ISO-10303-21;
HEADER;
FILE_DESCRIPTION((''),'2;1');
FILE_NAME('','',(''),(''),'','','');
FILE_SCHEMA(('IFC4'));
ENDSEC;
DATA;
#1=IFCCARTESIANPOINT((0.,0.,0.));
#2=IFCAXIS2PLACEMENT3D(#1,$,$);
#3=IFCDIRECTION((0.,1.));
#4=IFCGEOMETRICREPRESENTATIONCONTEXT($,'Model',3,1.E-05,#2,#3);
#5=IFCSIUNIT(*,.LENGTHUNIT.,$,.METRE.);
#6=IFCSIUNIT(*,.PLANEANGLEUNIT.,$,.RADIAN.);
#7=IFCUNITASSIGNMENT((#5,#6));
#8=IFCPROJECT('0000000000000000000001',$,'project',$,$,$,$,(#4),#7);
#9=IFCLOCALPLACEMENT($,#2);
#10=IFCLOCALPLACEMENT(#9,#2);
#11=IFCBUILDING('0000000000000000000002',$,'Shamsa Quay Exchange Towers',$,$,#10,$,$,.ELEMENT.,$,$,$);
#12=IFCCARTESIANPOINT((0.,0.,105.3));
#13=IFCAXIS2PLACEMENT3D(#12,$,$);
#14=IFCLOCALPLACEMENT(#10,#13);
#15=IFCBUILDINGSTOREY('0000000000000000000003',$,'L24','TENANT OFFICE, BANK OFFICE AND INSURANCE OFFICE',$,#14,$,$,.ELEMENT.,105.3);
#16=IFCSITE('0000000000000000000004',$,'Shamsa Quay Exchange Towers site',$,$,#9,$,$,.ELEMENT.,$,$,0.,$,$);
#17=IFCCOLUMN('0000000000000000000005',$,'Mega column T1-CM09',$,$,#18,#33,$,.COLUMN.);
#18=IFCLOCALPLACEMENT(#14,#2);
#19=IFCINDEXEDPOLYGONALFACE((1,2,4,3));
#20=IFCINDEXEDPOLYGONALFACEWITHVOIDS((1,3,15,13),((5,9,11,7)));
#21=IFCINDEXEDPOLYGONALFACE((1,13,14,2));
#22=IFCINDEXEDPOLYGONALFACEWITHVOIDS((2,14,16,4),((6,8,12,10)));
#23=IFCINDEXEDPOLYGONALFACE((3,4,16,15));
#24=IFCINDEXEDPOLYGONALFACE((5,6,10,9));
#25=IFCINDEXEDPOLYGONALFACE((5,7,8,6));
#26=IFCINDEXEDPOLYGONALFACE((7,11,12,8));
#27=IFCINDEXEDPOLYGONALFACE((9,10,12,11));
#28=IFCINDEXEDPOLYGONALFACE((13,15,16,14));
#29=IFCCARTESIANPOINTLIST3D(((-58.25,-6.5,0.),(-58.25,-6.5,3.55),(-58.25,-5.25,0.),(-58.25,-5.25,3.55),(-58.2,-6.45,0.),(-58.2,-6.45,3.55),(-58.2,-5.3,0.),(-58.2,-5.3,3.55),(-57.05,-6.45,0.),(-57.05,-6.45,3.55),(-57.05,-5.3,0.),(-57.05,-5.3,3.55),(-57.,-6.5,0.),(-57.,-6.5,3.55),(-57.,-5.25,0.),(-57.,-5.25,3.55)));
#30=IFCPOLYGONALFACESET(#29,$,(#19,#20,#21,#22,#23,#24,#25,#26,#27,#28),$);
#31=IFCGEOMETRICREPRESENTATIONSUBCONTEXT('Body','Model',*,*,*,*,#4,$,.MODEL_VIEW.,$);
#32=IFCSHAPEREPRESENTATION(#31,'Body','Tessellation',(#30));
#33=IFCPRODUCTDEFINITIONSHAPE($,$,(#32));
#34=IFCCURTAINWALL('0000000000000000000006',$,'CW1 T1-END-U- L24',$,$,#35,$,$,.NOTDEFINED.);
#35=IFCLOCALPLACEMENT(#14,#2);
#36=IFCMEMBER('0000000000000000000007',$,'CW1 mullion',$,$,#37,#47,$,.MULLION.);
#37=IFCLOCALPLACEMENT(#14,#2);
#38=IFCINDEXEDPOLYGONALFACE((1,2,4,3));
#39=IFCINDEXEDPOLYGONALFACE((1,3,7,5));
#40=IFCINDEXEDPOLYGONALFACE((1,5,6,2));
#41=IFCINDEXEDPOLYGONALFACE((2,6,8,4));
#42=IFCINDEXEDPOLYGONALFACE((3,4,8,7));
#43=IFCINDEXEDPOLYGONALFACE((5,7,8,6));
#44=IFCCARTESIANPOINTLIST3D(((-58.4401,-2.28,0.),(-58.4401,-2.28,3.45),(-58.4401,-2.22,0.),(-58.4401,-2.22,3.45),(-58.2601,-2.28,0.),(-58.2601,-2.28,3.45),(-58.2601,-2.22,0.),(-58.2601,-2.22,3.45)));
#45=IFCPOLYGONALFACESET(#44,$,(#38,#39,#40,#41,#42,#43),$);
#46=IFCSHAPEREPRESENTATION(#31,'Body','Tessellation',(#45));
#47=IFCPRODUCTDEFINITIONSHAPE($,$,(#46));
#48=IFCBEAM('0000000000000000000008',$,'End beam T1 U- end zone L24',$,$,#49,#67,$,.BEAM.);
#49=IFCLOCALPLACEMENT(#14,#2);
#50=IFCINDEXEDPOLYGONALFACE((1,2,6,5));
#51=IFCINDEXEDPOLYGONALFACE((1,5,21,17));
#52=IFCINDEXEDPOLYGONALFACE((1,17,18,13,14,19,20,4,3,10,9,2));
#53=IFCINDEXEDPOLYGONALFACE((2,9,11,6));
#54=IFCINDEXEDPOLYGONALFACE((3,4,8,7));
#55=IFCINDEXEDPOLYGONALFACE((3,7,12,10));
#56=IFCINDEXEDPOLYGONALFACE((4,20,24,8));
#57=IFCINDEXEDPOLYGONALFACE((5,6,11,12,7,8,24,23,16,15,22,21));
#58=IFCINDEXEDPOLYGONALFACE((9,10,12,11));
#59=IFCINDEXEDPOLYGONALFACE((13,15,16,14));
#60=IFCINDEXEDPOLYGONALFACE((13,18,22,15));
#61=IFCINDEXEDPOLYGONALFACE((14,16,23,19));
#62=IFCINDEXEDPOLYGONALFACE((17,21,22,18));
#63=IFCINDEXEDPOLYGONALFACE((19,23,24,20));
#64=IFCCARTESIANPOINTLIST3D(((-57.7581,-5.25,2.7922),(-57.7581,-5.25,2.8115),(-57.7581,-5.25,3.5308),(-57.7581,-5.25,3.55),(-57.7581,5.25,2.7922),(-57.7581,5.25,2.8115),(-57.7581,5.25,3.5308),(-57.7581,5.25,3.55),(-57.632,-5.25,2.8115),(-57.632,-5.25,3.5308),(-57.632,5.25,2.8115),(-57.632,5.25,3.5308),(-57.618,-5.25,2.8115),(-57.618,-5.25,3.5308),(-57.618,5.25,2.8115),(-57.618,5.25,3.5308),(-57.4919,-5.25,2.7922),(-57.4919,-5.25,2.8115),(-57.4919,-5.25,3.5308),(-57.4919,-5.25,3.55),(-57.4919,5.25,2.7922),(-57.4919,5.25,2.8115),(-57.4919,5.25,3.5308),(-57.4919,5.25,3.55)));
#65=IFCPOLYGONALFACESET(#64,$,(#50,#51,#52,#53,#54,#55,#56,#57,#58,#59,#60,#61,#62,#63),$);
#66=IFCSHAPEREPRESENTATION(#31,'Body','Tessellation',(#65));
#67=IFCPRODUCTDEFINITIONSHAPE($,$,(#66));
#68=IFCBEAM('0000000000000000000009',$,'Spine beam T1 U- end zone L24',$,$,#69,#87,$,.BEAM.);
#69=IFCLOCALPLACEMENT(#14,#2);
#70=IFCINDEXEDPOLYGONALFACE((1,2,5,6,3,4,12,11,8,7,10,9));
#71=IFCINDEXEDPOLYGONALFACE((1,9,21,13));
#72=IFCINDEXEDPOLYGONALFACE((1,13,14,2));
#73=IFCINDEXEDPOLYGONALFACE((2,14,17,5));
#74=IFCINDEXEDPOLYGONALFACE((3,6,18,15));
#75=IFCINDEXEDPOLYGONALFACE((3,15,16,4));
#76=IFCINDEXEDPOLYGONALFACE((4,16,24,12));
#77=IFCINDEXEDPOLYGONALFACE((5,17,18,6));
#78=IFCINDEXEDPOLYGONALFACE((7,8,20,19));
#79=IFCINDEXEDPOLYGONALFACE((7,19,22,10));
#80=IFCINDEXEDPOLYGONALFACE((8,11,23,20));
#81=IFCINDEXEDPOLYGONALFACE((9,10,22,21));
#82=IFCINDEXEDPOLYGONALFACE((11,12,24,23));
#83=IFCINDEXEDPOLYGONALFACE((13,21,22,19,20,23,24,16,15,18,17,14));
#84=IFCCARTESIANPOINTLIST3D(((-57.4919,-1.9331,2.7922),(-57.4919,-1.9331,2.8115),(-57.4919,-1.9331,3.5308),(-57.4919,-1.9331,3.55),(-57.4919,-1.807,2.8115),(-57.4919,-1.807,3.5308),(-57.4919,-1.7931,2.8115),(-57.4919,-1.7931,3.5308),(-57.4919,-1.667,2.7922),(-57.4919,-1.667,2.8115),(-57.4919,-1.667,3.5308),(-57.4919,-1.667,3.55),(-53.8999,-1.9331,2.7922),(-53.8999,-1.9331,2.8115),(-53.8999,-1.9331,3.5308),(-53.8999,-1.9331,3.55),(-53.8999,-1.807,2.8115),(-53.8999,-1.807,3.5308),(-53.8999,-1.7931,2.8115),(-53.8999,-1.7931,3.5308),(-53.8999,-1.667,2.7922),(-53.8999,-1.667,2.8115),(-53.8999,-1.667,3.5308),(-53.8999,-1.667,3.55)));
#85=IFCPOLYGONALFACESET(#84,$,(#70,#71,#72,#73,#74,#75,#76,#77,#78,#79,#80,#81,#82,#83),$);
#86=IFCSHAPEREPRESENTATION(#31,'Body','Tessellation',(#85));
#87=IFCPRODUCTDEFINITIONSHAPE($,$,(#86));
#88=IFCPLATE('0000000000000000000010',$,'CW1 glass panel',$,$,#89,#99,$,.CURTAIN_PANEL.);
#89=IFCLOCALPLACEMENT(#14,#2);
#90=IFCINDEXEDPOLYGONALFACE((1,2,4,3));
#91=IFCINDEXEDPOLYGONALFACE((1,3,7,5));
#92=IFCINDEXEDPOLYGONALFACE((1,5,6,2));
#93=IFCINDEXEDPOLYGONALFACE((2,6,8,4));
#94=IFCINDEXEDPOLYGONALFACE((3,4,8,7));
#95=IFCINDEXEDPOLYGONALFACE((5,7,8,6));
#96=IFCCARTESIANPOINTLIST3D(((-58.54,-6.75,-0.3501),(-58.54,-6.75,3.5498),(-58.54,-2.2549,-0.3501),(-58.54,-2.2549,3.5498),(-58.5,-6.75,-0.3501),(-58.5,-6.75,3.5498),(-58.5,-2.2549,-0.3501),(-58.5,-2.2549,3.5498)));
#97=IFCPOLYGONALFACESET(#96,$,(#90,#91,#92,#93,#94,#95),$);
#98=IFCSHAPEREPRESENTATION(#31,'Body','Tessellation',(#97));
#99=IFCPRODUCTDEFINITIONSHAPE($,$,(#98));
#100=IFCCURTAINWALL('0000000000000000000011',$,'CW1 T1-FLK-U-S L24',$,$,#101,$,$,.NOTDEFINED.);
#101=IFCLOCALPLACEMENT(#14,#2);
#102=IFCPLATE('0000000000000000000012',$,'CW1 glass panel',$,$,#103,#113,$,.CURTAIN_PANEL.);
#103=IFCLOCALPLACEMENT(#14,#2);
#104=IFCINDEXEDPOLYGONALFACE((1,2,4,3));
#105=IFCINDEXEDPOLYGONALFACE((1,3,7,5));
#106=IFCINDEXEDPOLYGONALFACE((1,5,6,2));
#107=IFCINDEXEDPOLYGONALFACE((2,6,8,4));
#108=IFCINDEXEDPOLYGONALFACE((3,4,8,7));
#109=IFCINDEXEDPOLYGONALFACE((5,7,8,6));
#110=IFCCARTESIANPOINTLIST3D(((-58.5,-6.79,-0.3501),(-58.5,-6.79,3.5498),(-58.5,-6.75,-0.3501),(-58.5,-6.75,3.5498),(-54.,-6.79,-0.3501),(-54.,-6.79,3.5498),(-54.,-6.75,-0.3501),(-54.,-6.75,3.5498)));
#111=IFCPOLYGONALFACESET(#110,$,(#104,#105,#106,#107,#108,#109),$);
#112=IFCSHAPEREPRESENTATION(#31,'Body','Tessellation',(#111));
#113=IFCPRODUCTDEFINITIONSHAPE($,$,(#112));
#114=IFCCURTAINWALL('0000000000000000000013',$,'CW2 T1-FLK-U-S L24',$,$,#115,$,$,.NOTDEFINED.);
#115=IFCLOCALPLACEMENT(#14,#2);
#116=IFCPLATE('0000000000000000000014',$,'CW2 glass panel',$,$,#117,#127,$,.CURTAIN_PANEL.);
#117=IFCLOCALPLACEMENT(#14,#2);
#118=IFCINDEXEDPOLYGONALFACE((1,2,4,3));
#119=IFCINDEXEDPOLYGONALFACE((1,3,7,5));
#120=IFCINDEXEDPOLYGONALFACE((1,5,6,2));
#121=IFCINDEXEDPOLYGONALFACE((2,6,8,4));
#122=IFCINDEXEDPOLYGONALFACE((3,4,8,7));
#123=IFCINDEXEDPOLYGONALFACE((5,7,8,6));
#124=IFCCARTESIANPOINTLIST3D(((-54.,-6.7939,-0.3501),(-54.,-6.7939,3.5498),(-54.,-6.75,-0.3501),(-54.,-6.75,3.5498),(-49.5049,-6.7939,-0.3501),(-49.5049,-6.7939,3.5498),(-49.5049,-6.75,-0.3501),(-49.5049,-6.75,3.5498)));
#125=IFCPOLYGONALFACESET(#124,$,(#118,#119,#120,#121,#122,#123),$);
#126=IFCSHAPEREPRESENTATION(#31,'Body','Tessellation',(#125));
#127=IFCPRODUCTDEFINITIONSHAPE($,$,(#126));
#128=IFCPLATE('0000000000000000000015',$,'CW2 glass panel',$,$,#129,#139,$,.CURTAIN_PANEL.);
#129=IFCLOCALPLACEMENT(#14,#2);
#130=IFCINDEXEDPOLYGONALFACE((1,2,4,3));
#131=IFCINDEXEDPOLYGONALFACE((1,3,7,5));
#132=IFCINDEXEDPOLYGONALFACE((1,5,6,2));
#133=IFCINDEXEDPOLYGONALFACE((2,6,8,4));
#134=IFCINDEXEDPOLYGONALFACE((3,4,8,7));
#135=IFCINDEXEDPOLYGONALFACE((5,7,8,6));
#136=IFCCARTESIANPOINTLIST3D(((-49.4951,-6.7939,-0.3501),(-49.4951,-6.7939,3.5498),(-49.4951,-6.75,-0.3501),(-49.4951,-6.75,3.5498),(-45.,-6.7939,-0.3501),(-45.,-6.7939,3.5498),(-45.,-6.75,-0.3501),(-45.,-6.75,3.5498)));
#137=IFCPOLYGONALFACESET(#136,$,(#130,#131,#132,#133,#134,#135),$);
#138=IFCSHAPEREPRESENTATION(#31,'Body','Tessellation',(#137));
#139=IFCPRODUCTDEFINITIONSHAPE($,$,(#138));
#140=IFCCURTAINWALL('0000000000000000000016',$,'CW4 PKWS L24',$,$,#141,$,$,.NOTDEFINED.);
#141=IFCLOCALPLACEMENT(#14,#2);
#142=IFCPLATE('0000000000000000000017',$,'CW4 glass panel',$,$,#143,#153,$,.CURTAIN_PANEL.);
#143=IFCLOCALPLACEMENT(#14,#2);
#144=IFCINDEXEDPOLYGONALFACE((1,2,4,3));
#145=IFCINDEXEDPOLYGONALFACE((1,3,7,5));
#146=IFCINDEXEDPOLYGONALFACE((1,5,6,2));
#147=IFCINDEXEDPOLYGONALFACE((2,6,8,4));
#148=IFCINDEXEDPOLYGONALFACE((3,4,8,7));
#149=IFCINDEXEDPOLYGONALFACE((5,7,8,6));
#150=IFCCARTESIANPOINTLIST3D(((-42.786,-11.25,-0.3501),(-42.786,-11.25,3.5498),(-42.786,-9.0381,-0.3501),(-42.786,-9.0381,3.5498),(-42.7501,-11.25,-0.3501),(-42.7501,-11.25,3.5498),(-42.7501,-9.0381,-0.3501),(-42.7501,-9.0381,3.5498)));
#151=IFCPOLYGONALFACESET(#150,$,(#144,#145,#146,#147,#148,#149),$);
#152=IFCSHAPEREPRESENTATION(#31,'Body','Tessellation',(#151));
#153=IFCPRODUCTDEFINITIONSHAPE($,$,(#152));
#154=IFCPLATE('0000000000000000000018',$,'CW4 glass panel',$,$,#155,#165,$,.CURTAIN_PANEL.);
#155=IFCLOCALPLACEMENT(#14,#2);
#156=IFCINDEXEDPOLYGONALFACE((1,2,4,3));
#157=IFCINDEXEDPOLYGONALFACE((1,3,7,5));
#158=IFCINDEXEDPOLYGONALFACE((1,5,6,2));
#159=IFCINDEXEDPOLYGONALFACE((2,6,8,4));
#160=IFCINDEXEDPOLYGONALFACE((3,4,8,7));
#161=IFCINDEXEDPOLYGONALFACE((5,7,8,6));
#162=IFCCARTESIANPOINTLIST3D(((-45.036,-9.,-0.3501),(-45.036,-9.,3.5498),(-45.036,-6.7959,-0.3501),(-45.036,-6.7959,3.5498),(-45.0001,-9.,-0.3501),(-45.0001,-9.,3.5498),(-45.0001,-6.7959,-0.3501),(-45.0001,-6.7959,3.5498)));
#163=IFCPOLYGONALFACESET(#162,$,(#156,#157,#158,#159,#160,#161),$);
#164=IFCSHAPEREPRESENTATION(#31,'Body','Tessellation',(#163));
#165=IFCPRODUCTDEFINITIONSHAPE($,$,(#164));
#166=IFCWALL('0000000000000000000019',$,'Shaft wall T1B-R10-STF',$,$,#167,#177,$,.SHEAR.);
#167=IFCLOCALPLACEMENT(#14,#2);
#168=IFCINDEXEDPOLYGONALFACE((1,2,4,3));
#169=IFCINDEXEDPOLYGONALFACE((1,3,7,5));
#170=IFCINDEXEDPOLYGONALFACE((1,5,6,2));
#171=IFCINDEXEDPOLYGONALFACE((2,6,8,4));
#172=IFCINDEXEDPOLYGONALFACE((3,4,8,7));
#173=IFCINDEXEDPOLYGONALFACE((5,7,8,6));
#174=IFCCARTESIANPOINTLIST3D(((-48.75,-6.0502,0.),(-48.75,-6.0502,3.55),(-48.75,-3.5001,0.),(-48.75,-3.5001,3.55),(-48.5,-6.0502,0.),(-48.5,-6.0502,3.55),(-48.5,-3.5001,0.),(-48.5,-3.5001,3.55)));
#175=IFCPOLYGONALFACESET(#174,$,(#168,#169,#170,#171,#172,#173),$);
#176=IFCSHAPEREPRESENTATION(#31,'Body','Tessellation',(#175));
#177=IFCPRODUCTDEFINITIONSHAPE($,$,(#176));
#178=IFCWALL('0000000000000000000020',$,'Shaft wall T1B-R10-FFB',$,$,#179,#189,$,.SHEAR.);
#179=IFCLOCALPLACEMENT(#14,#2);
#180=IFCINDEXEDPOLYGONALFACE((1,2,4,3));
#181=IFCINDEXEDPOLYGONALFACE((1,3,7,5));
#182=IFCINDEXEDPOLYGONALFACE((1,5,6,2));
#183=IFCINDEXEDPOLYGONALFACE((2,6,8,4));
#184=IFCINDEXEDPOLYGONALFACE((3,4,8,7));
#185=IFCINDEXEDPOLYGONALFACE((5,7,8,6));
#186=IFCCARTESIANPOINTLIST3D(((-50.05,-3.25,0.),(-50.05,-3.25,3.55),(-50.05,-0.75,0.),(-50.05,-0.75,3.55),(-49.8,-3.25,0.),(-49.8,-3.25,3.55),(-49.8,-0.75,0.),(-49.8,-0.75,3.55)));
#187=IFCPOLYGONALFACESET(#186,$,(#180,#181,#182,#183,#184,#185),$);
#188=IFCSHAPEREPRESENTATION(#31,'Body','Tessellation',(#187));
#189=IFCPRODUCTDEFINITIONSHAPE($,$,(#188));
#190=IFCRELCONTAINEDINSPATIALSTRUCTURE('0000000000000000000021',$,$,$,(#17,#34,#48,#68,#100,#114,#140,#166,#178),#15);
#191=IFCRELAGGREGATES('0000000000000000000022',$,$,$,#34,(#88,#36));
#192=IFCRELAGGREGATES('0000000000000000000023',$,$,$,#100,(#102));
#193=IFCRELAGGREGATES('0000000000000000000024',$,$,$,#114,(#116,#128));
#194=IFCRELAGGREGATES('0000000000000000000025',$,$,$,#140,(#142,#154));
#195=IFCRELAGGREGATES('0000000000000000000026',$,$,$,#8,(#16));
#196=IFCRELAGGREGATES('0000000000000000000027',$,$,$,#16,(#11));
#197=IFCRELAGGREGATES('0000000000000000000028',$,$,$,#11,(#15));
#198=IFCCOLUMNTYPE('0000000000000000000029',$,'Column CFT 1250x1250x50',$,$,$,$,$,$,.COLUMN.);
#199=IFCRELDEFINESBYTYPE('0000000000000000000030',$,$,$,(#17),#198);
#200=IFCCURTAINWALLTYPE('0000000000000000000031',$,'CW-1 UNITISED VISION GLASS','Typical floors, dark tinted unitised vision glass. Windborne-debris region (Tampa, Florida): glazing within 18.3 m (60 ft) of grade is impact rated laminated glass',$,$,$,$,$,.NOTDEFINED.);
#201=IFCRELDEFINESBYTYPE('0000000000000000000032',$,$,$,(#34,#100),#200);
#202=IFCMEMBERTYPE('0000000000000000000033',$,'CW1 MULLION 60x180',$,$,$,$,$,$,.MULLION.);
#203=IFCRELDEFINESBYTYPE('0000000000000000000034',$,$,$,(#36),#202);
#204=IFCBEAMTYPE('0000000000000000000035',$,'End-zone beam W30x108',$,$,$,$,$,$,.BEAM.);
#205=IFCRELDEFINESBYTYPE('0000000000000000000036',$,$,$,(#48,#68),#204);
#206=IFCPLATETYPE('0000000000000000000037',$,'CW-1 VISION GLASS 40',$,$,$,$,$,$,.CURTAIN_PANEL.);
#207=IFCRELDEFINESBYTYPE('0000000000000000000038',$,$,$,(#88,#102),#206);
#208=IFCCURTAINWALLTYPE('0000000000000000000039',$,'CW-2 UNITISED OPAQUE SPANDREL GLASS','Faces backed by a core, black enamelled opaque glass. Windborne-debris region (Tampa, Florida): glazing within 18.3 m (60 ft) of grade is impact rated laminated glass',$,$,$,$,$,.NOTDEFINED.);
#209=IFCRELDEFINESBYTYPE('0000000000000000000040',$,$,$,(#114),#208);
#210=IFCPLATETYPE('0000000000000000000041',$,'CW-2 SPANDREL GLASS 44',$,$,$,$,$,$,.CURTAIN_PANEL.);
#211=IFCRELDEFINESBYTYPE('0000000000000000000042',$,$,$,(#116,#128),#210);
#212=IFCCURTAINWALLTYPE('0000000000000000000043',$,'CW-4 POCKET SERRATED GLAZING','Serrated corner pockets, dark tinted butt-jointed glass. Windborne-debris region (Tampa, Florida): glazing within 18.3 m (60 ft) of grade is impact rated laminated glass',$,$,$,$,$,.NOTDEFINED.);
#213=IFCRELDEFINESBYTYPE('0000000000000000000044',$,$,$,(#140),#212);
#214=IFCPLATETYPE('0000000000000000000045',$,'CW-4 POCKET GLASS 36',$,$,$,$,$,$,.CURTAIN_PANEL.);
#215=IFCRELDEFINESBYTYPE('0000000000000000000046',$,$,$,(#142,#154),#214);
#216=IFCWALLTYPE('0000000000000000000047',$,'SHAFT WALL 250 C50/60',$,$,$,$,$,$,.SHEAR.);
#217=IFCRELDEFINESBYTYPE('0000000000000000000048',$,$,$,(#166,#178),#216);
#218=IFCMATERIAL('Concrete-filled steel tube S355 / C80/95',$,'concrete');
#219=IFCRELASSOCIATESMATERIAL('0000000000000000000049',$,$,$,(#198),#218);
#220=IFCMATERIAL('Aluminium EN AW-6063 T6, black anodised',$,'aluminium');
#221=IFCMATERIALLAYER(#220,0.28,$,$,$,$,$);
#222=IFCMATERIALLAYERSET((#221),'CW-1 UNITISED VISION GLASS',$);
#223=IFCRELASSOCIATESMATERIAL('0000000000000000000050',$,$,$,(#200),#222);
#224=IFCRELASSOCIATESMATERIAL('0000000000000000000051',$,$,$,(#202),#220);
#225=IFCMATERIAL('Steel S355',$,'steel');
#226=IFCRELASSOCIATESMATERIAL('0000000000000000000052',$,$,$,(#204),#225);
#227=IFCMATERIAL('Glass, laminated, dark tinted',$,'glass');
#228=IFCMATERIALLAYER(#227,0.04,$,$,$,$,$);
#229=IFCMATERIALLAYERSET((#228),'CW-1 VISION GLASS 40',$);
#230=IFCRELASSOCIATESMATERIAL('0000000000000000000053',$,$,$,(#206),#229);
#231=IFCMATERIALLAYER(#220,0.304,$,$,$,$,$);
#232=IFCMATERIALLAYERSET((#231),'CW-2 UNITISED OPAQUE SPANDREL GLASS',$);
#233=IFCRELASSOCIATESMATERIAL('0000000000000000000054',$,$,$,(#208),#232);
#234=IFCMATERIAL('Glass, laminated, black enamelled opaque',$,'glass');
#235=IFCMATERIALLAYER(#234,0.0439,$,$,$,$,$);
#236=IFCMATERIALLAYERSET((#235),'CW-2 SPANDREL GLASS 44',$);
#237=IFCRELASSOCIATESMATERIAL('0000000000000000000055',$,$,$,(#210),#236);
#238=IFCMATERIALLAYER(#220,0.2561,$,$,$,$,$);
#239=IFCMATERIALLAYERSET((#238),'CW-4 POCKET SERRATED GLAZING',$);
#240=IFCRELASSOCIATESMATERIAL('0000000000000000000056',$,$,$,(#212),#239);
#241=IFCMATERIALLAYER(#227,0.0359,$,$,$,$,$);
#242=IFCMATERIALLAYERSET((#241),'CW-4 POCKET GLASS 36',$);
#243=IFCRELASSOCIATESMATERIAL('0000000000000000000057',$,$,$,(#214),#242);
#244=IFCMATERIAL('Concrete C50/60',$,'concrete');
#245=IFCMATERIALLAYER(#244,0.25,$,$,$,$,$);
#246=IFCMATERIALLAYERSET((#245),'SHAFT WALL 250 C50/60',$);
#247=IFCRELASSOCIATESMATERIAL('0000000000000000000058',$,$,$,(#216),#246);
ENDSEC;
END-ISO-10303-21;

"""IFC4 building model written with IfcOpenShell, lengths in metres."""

from ifc_helpers import new_model, si_unit, direction, frame, frame_2d, origin, origin_2d, place, context, subcontext, project, spatial, rectangle, hollow_rectangle, i_section, extrude, material, layer, layer_set, material_profile, profile_set, type_object, element, aggregate, save


model = new_model("IFC4")

# Units and contexts
model_context = context("Model", 3, precision=1e-05, world=origin(), true_north=direction((0.0, 1.0)))
body_context = subcontext(model_context, "Body", "Model", "MODEL_VIEW")
ifc_project = project(units=[si_unit("LENGTHUNIT", "METRE"), si_unit("PLANEANGLEUNIT", "RADIAN")], contexts=[model_context])

# Site, building, storey
site_placement = place(None, origin())
site = spatial("IfcSite", under=ifc_project, at=site_placement, Name="Shamsa Quay Exchange Towers site", CompositionType="ELEMENT", RefElevation=0.0)
building_placement = place(site_placement, origin())
building = spatial("IfcBuilding", under=site, at=building_placement, Name="Shamsa Quay Exchange Towers", CompositionType="ELEMENT")
storey_placement = place(building_placement, frame((0.0, 0.0, 105.3)))
storey = spatial("IfcBuildingStorey", under=building, at=storey_placement, Name="L24", Description="TENANT OFFICE, BANK OFFICE AND INSURANCE OFFICE", CompositionType="ELEMENT", Elevation=105.3)

# Column
ifc_material_1 = material(Name="Concrete-filled steel tube S355 / C80/95", Category="concrete")
ifc_material_profile_1 = material_profile(ifc_material_1, hollow_rectangle(XDim=1.25, YDim=1.25, WallThickness=0.05, at=origin_2d()), Name="CFT 1250x1250x50")
ifc_profile_set_1 = profile_set([ifc_material_profile_1], Name="Concrete-filled steel tube S355 / C80/95")
column_type = type_object("IfcColumnType", Name="Column CFT 1250x1250x50", PredefinedType="COLUMN", material=ifc_profile_set_1)
column_placement = place(storey_placement, frame((-57.625, -5.875, 0.0)))
element("IfcColumn", 1, at=column_placement, inside=storey, type_object=column_type, Name="Mega column T1-CM09", PredefinedType="COLUMN", context=body_context, shape_type="SweptSolid", body=[
    extrude(hollow_rectangle(XDim=1.25, YDim=1.25, WallThickness=0.05, at=origin_2d()), origin(), (0.0, 0.0, 1.0), 3.55),
])

# Curtain wall, member
ifc_material_2 = material(Name="Aluminium EN AW-6063 T6, black anodised", Category="aluminium")
ifc_layer_1 = layer(ifc_material_2, 0.28)
ifc_layer_set_1 = layer_set([ifc_layer_1], Name="CW-1 UNITISED VISION GLASS")
curtain_wall_type_1 = type_object("IfcCurtainWallType", Name="CW-1 UNITISED VISION GLASS", Description="Typical floors, dark tinted unitised vision glass. Windborne-debris region (Tampa, Florida): glazing within 18.3 m (60 ft) of grade is impact rated laminated glass", PredefinedType="NOTDEFINED", material=ifc_layer_set_1)
curtain_wall_1_placement = place(storey_placement, origin())
curtain_wall_1 = element("IfcCurtainWall", 2, at=curtain_wall_1_placement, inside=storey, type_object=curtain_wall_type_1, Name="CW1 T1-END-U- L24", PredefinedType="NOTDEFINED")
ifc_material_profile_2 = material_profile(ifc_material_2, rectangle(XDim=0.1799, YDim=0.0601, at=origin_2d()), Name="MU60x180")
ifc_profile_set_2 = profile_set([ifc_material_profile_2], Name="Aluminium EN AW-6063 T6, black anodised")
member_type = type_object("IfcMemberType", Name="CW1 MULLION 60x180", PredefinedType="MULLION", material=ifc_profile_set_2)
member_placement = place(storey_placement, frame((-58.3501, -2.25, 0.0)))
member = element("IfcMember", 3, at=member_placement, type_object=member_type, Name="CW1 mullion", PredefinedType="MULLION", context=body_context, shape_type="SweptSolid", body=[
    extrude(rectangle(XDim=0.1799, YDim=0.0601, at=origin_2d()), origin(), (0.0, 0.0, 1.0), 3.45),
])

# Beams
ifc_material_3 = material(Name="Steel S355", Category="steel")
ifc_material_profile_3 = material_profile(ifc_material_3, i_section(OverallWidth=0.2661, OverallDepth=0.7578, WebThickness=0.0139, FlangeThickness=0.0193, at=origin_2d()), Name="W30x108")
ifc_profile_set_3 = profile_set([ifc_material_profile_3], Name="Steel S355")
beam_type = type_object("IfcBeamType", Name="End-zone beam W30x108", PredefinedType="BEAM", material=ifc_profile_set_3)
beam_1_placement = place(storey_placement, frame((-57.625, -5.25, 3.1711), z_axis=(0.0, 1.0, 0.0), x_axis=(-1.0, 0.0, 0.0)))
element("IfcBeam", 4, at=beam_1_placement, inside=storey, type_object=beam_type, Name="End beam T1 U- end zone L24", PredefinedType="BEAM", context=body_context, shape_type="SweptSolid", body=[
    extrude(i_section(OverallWidth=0.2661, OverallDepth=0.7578, WebThickness=0.0139, FlangeThickness=0.0193, at=origin_2d()), origin(), (0.0, 0.0, 1.0), 10.5),
])
beam_2_placement = place(storey_placement, frame((-53.8999, -1.8, 3.1711), z_axis=(-1.0, 0.0, 0.0), x_axis=(0.0, -1.0, 0.0)))
element("IfcBeam", 5, at=beam_2_placement, inside=storey, type_object=beam_type, Name="Spine beam T1 U- end zone L24", PredefinedType="BEAM", context=body_context, shape_type="SweptSolid", body=[
    extrude(i_section(OverallWidth=0.2661, OverallDepth=0.7578, WebThickness=0.0139, FlangeThickness=0.0193, at=origin_2d()), origin(), (0.0, 0.0, 1.0), 3.592),
])

# Plate
ifc_material_4 = material(Name="Glass, laminated, dark tinted", Category="glass")
ifc_layer_2 = layer(ifc_material_4, 0.04)
ifc_layer_set_2 = layer_set([ifc_layer_2], Name="CW-1 VISION GLASS 40")
plate_type_1 = type_object("IfcPlateType", Name="CW-1 VISION GLASS 40", PredefinedType="CURTAIN_PANEL", material=ifc_layer_set_2)
plate_1_placement = place(storey_placement, frame((-58.52, -4.5024, -0.3501), z_axis=(0.0, 0.0, 1.0), x_axis=(0.0, -1.0, 0.0)))
plate_1 = element("IfcPlate", 6, at=plate_1_placement, type_object=plate_type_1, Name="CW1 glass panel", PredefinedType="CURTAIN_PANEL", context=body_context, shape_type="SweptSolid", body=[
    extrude(rectangle(XDim=4.4951, YDim=0.04, at=origin_2d()), origin(), (0.0, 0.0, 1.0), 3.8999),
])
aggregate(curtain_wall_1, [plate_1, member])

# Curtain wall, plate
curtain_wall_2_placement = place(storey_placement, origin())
curtain_wall_2 = element("IfcCurtainWall", 7, at=curtain_wall_2_placement, inside=storey, type_object=curtain_wall_type_1, Name="CW1 T1-FLK-U-S L24", PredefinedType="NOTDEFINED")
plate_2_placement = place(storey_placement, frame((-56.25, -6.77, -0.3501)))
plate_2 = element("IfcPlate", 8, at=plate_2_placement, type_object=plate_type_1, Name="CW1 glass panel", PredefinedType="CURTAIN_PANEL", context=body_context, shape_type="SweptSolid", body=[
    extrude(rectangle(XDim=4.5, YDim=0.04, at=origin_2d()), origin(), (0.0, 0.0, 1.0), 3.8999),
])
aggregate(curtain_wall_2, [plate_2])

# Curtain walls, plates
ifc_layer_3 = layer(ifc_material_2, 0.304)
ifc_layer_set_3 = layer_set([ifc_layer_3], Name="CW-2 UNITISED OPAQUE SPANDREL GLASS")
curtain_wall_type_2 = type_object("IfcCurtainWallType", Name="CW-2 UNITISED OPAQUE SPANDREL GLASS", Description="Faces backed by a core, black enamelled opaque glass. Windborne-debris region (Tampa, Florida): glazing within 18.3 m (60 ft) of grade is impact rated laminated glass", PredefinedType="NOTDEFINED", material=ifc_layer_set_3)
curtain_wall_3_placement = place(storey_placement, origin())
curtain_wall_3 = element("IfcCurtainWall", 9, at=curtain_wall_3_placement, inside=storey, type_object=curtain_wall_type_2, Name="CW2 T1-FLK-U-S L24", PredefinedType="NOTDEFINED")
ifc_material_5 = material(Name="Glass, laminated, black enamelled opaque", Category="glass")
ifc_layer_4 = layer(ifc_material_5, 0.0439)
ifc_layer_set_4 = layer_set([ifc_layer_4], Name="CW-2 SPANDREL GLASS 44")
plate_type_2 = type_object("IfcPlateType", Name="CW-2 SPANDREL GLASS 44", PredefinedType="CURTAIN_PANEL", material=ifc_layer_set_4)
plate_3_placement = place(storey_placement, frame((-51.7524, -6.772, -0.3501)))
plate_3 = element("IfcPlate", 10, at=plate_3_placement, type_object=plate_type_2, Name="CW2 glass panel", PredefinedType="CURTAIN_PANEL", context=body_context, shape_type="SweptSolid", body=[
    extrude(rectangle(XDim=4.4951, YDim=0.0439, at=origin_2d()), origin(), (0.0, 0.0, 1.0), 3.8999),
])
plate_4_placement = place(storey_placement, frame((-47.2476, -6.772, -0.3501)))
plate_4 = element("IfcPlate", 11, at=plate_4_placement, type_object=plate_type_2, Name="CW2 glass panel", PredefinedType="CURTAIN_PANEL", context=body_context, shape_type="SweptSolid", body=[
    extrude(rectangle(XDim=4.4951, YDim=0.0439, at=origin_2d()), origin(), (0.0, 0.0, 1.0), 3.8999),
])
aggregate(curtain_wall_3, [plate_3, plate_4])
ifc_layer_5 = layer(ifc_material_2, 0.2561)
ifc_layer_set_5 = layer_set([ifc_layer_5], Name="CW-4 POCKET SERRATED GLAZING")
curtain_wall_type_3 = type_object("IfcCurtainWallType", Name="CW-4 POCKET SERRATED GLAZING", Description="Serrated corner pockets, dark tinted butt-jointed glass. Windborne-debris region (Tampa, Florida): glazing within 18.3 m (60 ft) of grade is impact rated laminated glass", PredefinedType="NOTDEFINED", material=ifc_layer_set_5)
curtain_wall_4_placement = place(storey_placement, origin())
curtain_wall_4 = element("IfcCurtainWall", 12, at=curtain_wall_4_placement, inside=storey, type_object=curtain_wall_type_3, Name="CW4 PKWS L24", PredefinedType="NOTDEFINED")
ifc_layer_6 = layer(ifc_material_4, 0.0359)
ifc_layer_set_6 = layer_set([ifc_layer_6], Name="CW-4 POCKET GLASS 36")
plate_type_3 = type_object("IfcPlateType", Name="CW-4 POCKET GLASS 36", PredefinedType="CURTAIN_PANEL", material=ifc_layer_set_6)
plate_5_placement = place(storey_placement, frame((-42.7681, -10.144, -0.3501), z_axis=(0.0, 0.0, 1.0), x_axis=(0.0, -1.0, 0.0)))
plate_5 = element("IfcPlate", 13, at=plate_5_placement, type_object=plate_type_3, Name="CW4 glass panel", PredefinedType="CURTAIN_PANEL", context=body_context, shape_type="SweptSolid", body=[
    extrude(rectangle(XDim=2.2119, YDim=0.0359, at=origin_2d()), origin(), (0.0, 0.0, 1.0), 3.8999),
])
plate_6_placement = place(storey_placement, frame((-45.0181, -7.8979, -0.3501), z_axis=(0.0, 0.0, 1.0), x_axis=(0.0, -1.0, 0.0)))
plate_6 = element("IfcPlate", 14, at=plate_6_placement, type_object=plate_type_3, Name="CW4 glass panel", PredefinedType="CURTAIN_PANEL", context=body_context, shape_type="SweptSolid", body=[
    extrude(rectangle(XDim=2.2041, YDim=0.0359, at=origin_2d()), origin(), (0.0, 0.0, 1.0), 3.8999),
])
aggregate(curtain_wall_4, [plate_5, plate_6])

# Wall
ifc_material_6 = material(Name="Concrete C50/60", Category="concrete")
ifc_layer_7 = layer(ifc_material_6, 0.25)
ifc_layer_set_7 = layer_set([ifc_layer_7], Name="SHAFT WALL 250 C50/60")
wall_type_1 = type_object("IfcWallType", Name="SHAFT WALL 250 C50/60", PredefinedType="SHEAR", material=ifc_layer_set_7)
wall_1_placement = place(storey_placement, frame((-48.625, -6.05, 0.0), z_axis=(0.0, 0.0, 1.0), x_axis=(0.0, 1.0, 0.0)))
element("IfcWall", 15, at=wall_1_placement, inside=storey, type_object=wall_type_1, Name="Shaft wall T1B-R10-STF", PredefinedType="SHEAR", context=body_context, shape_type="SweptSolid", body=[
    extrude(rectangle(XDim=2.55, YDim=0.25, at=frame_2d((1.2749, 0.0))), origin(), (0.0, 0.0, 1.0), 3.55),
])

# Wall
wall_2_placement = place(storey_placement, frame((-49.925, -3.25, 0.0), z_axis=(0.0, 0.0, 1.0), x_axis=(0.0, 1.0, 0.0)))
element("IfcWall", 16, at=wall_2_placement, inside=storey, type_object=wall_type_1, Name="Shaft wall T1B-R10-FFB", PredefinedType="SHEAR", context=body_context, shape_type="SweptSolid", body=[
    extrude(rectangle(XDim=2.5, YDim=0.25, at=frame_2d((1.25, 0.0))), origin(), (0.0, 0.0, 1.0), 3.55),
])

save(model, "model.ifc")
